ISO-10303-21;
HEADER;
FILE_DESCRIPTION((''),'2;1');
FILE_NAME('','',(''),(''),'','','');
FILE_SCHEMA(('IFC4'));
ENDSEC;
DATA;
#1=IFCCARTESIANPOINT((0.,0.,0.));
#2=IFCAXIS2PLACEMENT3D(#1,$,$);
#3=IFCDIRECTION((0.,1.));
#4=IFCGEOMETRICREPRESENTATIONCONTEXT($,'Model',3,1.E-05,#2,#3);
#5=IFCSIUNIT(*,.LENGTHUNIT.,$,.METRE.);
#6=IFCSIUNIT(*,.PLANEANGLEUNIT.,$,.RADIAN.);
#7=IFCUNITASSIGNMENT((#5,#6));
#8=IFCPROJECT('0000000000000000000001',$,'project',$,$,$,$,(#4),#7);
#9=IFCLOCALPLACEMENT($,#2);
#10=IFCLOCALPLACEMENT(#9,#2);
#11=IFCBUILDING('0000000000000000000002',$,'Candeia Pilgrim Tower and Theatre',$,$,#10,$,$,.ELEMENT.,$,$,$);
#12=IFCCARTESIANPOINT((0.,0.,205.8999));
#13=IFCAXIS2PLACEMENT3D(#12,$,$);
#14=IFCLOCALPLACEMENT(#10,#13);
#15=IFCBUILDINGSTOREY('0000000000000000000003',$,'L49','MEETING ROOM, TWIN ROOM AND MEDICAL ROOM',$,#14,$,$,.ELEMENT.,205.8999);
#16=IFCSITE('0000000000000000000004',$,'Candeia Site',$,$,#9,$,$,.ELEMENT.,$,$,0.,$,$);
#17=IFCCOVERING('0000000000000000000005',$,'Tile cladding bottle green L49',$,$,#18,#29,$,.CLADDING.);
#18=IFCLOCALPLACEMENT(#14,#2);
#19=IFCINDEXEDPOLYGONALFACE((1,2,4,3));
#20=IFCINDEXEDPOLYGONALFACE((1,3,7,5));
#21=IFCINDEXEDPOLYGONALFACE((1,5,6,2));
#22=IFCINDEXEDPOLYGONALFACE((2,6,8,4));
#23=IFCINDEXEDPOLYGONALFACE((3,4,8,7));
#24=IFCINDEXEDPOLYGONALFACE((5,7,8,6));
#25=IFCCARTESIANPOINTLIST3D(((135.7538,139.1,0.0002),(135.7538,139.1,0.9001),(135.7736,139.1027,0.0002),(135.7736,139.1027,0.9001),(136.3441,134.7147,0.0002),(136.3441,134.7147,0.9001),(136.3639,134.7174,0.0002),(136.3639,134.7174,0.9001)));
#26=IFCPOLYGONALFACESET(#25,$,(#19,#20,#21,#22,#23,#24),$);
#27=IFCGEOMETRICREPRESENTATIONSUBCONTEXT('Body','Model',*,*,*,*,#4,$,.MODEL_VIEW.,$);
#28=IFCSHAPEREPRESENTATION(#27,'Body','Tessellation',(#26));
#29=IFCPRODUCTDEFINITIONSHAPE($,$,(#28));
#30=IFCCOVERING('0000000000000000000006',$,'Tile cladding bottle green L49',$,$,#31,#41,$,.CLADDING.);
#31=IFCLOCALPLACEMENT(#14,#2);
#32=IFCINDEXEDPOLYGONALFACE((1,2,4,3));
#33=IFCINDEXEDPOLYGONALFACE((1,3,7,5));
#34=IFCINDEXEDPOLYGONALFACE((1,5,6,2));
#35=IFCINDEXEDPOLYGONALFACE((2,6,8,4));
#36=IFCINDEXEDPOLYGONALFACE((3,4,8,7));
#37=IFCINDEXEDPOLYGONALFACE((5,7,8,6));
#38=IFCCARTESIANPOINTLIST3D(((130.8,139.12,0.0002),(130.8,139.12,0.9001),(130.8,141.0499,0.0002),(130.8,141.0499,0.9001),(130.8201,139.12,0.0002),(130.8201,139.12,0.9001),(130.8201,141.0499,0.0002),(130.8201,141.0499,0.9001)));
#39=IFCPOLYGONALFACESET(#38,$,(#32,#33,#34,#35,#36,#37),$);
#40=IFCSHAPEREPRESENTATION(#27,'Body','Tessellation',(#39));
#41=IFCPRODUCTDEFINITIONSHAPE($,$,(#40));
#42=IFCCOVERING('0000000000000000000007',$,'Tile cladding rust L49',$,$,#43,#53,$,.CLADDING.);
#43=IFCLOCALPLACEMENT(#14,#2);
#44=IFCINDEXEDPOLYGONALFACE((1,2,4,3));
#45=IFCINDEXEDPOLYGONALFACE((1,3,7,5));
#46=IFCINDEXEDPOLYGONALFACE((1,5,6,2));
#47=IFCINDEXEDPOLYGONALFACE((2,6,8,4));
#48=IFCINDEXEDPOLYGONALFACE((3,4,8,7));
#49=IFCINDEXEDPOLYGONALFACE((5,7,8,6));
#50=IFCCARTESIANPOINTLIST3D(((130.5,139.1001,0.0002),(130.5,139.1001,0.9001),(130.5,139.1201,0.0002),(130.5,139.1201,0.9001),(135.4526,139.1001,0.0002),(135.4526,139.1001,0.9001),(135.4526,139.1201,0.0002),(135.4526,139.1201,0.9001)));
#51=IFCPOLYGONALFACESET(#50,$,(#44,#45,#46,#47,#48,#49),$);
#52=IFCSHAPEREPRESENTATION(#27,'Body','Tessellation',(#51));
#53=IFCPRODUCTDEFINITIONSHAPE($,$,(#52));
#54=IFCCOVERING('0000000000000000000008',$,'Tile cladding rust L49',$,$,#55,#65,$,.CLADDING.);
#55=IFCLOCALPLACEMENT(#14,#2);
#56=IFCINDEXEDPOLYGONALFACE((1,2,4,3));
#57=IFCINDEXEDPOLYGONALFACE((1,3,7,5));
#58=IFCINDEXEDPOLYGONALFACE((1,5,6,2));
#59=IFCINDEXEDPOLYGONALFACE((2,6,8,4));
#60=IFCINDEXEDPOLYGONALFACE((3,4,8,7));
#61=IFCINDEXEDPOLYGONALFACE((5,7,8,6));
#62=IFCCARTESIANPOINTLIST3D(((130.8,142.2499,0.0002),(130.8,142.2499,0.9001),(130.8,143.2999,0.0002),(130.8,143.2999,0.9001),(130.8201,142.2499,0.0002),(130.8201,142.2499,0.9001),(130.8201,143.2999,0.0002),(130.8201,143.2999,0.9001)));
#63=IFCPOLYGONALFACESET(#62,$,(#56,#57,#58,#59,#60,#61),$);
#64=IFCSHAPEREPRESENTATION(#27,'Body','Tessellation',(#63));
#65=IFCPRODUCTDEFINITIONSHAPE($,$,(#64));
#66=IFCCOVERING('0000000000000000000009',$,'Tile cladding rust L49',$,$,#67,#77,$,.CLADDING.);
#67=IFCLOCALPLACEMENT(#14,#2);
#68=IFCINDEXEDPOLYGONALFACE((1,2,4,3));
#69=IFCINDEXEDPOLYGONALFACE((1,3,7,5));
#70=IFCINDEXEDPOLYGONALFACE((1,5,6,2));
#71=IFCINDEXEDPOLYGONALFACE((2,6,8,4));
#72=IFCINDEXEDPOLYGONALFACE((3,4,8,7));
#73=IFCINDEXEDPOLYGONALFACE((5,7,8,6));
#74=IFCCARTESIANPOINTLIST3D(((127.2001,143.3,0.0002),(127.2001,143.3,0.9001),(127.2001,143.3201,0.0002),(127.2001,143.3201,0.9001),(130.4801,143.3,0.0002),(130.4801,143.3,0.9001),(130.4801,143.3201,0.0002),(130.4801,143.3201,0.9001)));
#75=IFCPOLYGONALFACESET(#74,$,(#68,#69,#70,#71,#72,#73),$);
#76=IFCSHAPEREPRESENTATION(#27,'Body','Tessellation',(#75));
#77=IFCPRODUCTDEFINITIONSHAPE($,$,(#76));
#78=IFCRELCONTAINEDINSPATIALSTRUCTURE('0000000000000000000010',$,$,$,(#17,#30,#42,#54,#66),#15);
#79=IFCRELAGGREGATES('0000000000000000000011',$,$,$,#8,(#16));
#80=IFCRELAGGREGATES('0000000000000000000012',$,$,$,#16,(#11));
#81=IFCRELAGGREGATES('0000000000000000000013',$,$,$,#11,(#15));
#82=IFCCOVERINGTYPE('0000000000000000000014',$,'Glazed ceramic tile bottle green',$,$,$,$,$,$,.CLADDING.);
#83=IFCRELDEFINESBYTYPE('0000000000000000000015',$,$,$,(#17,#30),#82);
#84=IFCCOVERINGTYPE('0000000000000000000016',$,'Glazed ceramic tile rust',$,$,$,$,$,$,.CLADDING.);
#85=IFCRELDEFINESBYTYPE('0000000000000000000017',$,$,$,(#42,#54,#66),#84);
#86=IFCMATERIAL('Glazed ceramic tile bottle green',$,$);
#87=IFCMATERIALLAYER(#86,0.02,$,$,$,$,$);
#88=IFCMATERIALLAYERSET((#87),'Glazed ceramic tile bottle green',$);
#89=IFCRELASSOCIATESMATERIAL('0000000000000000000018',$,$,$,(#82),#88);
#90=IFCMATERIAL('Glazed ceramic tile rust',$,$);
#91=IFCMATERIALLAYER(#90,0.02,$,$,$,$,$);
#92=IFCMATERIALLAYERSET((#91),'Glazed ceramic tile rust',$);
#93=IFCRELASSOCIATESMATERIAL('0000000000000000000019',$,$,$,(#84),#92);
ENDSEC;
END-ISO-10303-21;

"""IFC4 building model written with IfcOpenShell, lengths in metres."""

from ifc_helpers import new_model, si_unit, direction, frame, origin, origin_2d, place, context, subcontext, project, spatial, rectangle, extrude, material, layer, layer_set, type_object, element, save


model = new_model("IFC4")

# Units and contexts
model_context = context("Model", 3, precision=1e-05, world=origin(), true_north=direction((0.0, 1.0)))
body_context = subcontext(model_context, "Body", "Model", "MODEL_VIEW")
ifc_project = project(units=[si_unit("LENGTHUNIT", "METRE"), si_unit("PLANEANGLEUNIT", "RADIAN")], contexts=[model_context])

# Site, building, storey
site_placement = place(None, origin())
site = spatial("IfcSite", under=ifc_project, at=site_placement, Name="Candeia Site", CompositionType="ELEMENT", RefElevation=0.0)
building_placement = place(site_placement, origin())
building = spatial("IfcBuilding", under=site, at=building_placement, Name="Candeia Pilgrim Tower and Theatre", CompositionType="ELEMENT")
storey_placement = place(building_placement, frame((0.0, 0.0, 205.8999)))
storey = spatial("IfcBuildingStorey", under=building, at=storey_placement, Name="L49", Description="MEETING ROOM, TWIN ROOM AND MEDICAL ROOM", CompositionType="ELEMENT", Elevation=205.8999)

# Coverings
ifc_material_1 = material(Name="Glazed ceramic tile bottle green")
ifc_layer_1 = layer(ifc_material_1, 0.02)
ifc_layer_set_1 = layer_set([ifc_layer_1], Name="Glazed ceramic tile bottle green")
covering_type_1 = type_object("IfcCoveringType", Name="Glazed ceramic tile bottle green", PredefinedType="CLADDING", material=ifc_layer_set_1)
covering_1_placement = place(storey_placement, frame((136.0588, 136.9087, 0.0002), z_axis=(0.0, 0.0, 1.0), x_axis=(-0.133412, 0.991061, 0.0)))
element("IfcCovering", 1, at=covering_1_placement, inside=storey, type_object=covering_type_1, Name="Tile cladding bottle green L49", PredefinedType="CLADDING", context=body_context, shape_type="SweptSolid", body=[
    extrude(rectangle(XDim=4.4248, YDim=0.02, at=origin_2d()), origin(), (0.0, 0.0, 1.0), 0.8999),
])
covering_2_placement = place(storey_placement, frame((130.8101, 140.085, 0.0002), z_axis=(0.0, 0.0, 1.0), x_axis=(0.0, 1.0, 0.0)))
element("IfcCovering", 2, at=covering_2_placement, inside=storey, type_object=covering_type_1, Name="Tile cladding bottle green L49", PredefinedType="CLADDING", context=body_context, shape_type="SweptSolid", body=[
    extrude(rectangle(XDim=1.9299, YDim=0.02, at=origin_2d()), origin(), (0.0, 0.0, 1.0), 0.8999),
])
ifc_material_2 = material(Name="Glazed ceramic tile rust")
ifc_layer_2 = layer(ifc_material_2, 0.02)
ifc_layer_set_2 = layer_set([ifc_layer_2], Name="Glazed ceramic tile rust")
covering_type_2 = type_object("IfcCoveringType", Name="Glazed ceramic tile rust", PredefinedType="CLADDING", material=ifc_layer_set_2)
covering_3_placement = place(storey_placement, frame((132.9763, 139.1101, 0.0002), z_axis=(0.0, 0.0, 1.0), x_axis=(-1.0, 0.0, 0.0)))
element("IfcCovering", 3, at=covering_3_placement, inside=storey, type_object=covering_type_2, Name="Tile cladding rust L49", PredefinedType="CLADDING", context=body_context, shape_type="SweptSolid", body=[
    extrude(rectangle(XDim=4.9526, YDim=0.02, at=origin_2d()), origin(), (0.0, 0.0, 1.0), 0.8999),
])
covering_4_placement = place(storey_placement, frame((130.8101, 142.7749, 0.0002), z_axis=(0.0, 0.0, 1.0), x_axis=(0.0, 1.0, 0.0)))
element("IfcCovering", 4, at=covering_4_placement, inside=storey, type_object=covering_type_2, Name="Tile cladding rust L49", PredefinedType="CLADDING", context=body_context, shape_type="SweptSolid", body=[
    extrude(rectangle(XDim=1.05, YDim=0.02, at=origin_2d()), origin(), (0.0, 0.0, 1.0), 0.8999),
])
covering_5_placement = place(storey_placement, frame((128.8401, 143.3101, 0.0002), z_axis=(0.0, 0.0, 1.0), x_axis=(-1.0, 0.0, 0.0)))
element("IfcCovering", 5, at=covering_5_placement, inside=storey, type_object=covering_type_2, Name="Tile cladding rust L49", PredefinedType="CLADDING", context=body_context, shape_type="SweptSolid", body=[
    extrude(rectangle(XDim=3.28, YDim=0.02, at=origin_2d()), origin(), (0.0, 0.0, 1.0), 0.8999),
])

save(model, "model.ifc")
